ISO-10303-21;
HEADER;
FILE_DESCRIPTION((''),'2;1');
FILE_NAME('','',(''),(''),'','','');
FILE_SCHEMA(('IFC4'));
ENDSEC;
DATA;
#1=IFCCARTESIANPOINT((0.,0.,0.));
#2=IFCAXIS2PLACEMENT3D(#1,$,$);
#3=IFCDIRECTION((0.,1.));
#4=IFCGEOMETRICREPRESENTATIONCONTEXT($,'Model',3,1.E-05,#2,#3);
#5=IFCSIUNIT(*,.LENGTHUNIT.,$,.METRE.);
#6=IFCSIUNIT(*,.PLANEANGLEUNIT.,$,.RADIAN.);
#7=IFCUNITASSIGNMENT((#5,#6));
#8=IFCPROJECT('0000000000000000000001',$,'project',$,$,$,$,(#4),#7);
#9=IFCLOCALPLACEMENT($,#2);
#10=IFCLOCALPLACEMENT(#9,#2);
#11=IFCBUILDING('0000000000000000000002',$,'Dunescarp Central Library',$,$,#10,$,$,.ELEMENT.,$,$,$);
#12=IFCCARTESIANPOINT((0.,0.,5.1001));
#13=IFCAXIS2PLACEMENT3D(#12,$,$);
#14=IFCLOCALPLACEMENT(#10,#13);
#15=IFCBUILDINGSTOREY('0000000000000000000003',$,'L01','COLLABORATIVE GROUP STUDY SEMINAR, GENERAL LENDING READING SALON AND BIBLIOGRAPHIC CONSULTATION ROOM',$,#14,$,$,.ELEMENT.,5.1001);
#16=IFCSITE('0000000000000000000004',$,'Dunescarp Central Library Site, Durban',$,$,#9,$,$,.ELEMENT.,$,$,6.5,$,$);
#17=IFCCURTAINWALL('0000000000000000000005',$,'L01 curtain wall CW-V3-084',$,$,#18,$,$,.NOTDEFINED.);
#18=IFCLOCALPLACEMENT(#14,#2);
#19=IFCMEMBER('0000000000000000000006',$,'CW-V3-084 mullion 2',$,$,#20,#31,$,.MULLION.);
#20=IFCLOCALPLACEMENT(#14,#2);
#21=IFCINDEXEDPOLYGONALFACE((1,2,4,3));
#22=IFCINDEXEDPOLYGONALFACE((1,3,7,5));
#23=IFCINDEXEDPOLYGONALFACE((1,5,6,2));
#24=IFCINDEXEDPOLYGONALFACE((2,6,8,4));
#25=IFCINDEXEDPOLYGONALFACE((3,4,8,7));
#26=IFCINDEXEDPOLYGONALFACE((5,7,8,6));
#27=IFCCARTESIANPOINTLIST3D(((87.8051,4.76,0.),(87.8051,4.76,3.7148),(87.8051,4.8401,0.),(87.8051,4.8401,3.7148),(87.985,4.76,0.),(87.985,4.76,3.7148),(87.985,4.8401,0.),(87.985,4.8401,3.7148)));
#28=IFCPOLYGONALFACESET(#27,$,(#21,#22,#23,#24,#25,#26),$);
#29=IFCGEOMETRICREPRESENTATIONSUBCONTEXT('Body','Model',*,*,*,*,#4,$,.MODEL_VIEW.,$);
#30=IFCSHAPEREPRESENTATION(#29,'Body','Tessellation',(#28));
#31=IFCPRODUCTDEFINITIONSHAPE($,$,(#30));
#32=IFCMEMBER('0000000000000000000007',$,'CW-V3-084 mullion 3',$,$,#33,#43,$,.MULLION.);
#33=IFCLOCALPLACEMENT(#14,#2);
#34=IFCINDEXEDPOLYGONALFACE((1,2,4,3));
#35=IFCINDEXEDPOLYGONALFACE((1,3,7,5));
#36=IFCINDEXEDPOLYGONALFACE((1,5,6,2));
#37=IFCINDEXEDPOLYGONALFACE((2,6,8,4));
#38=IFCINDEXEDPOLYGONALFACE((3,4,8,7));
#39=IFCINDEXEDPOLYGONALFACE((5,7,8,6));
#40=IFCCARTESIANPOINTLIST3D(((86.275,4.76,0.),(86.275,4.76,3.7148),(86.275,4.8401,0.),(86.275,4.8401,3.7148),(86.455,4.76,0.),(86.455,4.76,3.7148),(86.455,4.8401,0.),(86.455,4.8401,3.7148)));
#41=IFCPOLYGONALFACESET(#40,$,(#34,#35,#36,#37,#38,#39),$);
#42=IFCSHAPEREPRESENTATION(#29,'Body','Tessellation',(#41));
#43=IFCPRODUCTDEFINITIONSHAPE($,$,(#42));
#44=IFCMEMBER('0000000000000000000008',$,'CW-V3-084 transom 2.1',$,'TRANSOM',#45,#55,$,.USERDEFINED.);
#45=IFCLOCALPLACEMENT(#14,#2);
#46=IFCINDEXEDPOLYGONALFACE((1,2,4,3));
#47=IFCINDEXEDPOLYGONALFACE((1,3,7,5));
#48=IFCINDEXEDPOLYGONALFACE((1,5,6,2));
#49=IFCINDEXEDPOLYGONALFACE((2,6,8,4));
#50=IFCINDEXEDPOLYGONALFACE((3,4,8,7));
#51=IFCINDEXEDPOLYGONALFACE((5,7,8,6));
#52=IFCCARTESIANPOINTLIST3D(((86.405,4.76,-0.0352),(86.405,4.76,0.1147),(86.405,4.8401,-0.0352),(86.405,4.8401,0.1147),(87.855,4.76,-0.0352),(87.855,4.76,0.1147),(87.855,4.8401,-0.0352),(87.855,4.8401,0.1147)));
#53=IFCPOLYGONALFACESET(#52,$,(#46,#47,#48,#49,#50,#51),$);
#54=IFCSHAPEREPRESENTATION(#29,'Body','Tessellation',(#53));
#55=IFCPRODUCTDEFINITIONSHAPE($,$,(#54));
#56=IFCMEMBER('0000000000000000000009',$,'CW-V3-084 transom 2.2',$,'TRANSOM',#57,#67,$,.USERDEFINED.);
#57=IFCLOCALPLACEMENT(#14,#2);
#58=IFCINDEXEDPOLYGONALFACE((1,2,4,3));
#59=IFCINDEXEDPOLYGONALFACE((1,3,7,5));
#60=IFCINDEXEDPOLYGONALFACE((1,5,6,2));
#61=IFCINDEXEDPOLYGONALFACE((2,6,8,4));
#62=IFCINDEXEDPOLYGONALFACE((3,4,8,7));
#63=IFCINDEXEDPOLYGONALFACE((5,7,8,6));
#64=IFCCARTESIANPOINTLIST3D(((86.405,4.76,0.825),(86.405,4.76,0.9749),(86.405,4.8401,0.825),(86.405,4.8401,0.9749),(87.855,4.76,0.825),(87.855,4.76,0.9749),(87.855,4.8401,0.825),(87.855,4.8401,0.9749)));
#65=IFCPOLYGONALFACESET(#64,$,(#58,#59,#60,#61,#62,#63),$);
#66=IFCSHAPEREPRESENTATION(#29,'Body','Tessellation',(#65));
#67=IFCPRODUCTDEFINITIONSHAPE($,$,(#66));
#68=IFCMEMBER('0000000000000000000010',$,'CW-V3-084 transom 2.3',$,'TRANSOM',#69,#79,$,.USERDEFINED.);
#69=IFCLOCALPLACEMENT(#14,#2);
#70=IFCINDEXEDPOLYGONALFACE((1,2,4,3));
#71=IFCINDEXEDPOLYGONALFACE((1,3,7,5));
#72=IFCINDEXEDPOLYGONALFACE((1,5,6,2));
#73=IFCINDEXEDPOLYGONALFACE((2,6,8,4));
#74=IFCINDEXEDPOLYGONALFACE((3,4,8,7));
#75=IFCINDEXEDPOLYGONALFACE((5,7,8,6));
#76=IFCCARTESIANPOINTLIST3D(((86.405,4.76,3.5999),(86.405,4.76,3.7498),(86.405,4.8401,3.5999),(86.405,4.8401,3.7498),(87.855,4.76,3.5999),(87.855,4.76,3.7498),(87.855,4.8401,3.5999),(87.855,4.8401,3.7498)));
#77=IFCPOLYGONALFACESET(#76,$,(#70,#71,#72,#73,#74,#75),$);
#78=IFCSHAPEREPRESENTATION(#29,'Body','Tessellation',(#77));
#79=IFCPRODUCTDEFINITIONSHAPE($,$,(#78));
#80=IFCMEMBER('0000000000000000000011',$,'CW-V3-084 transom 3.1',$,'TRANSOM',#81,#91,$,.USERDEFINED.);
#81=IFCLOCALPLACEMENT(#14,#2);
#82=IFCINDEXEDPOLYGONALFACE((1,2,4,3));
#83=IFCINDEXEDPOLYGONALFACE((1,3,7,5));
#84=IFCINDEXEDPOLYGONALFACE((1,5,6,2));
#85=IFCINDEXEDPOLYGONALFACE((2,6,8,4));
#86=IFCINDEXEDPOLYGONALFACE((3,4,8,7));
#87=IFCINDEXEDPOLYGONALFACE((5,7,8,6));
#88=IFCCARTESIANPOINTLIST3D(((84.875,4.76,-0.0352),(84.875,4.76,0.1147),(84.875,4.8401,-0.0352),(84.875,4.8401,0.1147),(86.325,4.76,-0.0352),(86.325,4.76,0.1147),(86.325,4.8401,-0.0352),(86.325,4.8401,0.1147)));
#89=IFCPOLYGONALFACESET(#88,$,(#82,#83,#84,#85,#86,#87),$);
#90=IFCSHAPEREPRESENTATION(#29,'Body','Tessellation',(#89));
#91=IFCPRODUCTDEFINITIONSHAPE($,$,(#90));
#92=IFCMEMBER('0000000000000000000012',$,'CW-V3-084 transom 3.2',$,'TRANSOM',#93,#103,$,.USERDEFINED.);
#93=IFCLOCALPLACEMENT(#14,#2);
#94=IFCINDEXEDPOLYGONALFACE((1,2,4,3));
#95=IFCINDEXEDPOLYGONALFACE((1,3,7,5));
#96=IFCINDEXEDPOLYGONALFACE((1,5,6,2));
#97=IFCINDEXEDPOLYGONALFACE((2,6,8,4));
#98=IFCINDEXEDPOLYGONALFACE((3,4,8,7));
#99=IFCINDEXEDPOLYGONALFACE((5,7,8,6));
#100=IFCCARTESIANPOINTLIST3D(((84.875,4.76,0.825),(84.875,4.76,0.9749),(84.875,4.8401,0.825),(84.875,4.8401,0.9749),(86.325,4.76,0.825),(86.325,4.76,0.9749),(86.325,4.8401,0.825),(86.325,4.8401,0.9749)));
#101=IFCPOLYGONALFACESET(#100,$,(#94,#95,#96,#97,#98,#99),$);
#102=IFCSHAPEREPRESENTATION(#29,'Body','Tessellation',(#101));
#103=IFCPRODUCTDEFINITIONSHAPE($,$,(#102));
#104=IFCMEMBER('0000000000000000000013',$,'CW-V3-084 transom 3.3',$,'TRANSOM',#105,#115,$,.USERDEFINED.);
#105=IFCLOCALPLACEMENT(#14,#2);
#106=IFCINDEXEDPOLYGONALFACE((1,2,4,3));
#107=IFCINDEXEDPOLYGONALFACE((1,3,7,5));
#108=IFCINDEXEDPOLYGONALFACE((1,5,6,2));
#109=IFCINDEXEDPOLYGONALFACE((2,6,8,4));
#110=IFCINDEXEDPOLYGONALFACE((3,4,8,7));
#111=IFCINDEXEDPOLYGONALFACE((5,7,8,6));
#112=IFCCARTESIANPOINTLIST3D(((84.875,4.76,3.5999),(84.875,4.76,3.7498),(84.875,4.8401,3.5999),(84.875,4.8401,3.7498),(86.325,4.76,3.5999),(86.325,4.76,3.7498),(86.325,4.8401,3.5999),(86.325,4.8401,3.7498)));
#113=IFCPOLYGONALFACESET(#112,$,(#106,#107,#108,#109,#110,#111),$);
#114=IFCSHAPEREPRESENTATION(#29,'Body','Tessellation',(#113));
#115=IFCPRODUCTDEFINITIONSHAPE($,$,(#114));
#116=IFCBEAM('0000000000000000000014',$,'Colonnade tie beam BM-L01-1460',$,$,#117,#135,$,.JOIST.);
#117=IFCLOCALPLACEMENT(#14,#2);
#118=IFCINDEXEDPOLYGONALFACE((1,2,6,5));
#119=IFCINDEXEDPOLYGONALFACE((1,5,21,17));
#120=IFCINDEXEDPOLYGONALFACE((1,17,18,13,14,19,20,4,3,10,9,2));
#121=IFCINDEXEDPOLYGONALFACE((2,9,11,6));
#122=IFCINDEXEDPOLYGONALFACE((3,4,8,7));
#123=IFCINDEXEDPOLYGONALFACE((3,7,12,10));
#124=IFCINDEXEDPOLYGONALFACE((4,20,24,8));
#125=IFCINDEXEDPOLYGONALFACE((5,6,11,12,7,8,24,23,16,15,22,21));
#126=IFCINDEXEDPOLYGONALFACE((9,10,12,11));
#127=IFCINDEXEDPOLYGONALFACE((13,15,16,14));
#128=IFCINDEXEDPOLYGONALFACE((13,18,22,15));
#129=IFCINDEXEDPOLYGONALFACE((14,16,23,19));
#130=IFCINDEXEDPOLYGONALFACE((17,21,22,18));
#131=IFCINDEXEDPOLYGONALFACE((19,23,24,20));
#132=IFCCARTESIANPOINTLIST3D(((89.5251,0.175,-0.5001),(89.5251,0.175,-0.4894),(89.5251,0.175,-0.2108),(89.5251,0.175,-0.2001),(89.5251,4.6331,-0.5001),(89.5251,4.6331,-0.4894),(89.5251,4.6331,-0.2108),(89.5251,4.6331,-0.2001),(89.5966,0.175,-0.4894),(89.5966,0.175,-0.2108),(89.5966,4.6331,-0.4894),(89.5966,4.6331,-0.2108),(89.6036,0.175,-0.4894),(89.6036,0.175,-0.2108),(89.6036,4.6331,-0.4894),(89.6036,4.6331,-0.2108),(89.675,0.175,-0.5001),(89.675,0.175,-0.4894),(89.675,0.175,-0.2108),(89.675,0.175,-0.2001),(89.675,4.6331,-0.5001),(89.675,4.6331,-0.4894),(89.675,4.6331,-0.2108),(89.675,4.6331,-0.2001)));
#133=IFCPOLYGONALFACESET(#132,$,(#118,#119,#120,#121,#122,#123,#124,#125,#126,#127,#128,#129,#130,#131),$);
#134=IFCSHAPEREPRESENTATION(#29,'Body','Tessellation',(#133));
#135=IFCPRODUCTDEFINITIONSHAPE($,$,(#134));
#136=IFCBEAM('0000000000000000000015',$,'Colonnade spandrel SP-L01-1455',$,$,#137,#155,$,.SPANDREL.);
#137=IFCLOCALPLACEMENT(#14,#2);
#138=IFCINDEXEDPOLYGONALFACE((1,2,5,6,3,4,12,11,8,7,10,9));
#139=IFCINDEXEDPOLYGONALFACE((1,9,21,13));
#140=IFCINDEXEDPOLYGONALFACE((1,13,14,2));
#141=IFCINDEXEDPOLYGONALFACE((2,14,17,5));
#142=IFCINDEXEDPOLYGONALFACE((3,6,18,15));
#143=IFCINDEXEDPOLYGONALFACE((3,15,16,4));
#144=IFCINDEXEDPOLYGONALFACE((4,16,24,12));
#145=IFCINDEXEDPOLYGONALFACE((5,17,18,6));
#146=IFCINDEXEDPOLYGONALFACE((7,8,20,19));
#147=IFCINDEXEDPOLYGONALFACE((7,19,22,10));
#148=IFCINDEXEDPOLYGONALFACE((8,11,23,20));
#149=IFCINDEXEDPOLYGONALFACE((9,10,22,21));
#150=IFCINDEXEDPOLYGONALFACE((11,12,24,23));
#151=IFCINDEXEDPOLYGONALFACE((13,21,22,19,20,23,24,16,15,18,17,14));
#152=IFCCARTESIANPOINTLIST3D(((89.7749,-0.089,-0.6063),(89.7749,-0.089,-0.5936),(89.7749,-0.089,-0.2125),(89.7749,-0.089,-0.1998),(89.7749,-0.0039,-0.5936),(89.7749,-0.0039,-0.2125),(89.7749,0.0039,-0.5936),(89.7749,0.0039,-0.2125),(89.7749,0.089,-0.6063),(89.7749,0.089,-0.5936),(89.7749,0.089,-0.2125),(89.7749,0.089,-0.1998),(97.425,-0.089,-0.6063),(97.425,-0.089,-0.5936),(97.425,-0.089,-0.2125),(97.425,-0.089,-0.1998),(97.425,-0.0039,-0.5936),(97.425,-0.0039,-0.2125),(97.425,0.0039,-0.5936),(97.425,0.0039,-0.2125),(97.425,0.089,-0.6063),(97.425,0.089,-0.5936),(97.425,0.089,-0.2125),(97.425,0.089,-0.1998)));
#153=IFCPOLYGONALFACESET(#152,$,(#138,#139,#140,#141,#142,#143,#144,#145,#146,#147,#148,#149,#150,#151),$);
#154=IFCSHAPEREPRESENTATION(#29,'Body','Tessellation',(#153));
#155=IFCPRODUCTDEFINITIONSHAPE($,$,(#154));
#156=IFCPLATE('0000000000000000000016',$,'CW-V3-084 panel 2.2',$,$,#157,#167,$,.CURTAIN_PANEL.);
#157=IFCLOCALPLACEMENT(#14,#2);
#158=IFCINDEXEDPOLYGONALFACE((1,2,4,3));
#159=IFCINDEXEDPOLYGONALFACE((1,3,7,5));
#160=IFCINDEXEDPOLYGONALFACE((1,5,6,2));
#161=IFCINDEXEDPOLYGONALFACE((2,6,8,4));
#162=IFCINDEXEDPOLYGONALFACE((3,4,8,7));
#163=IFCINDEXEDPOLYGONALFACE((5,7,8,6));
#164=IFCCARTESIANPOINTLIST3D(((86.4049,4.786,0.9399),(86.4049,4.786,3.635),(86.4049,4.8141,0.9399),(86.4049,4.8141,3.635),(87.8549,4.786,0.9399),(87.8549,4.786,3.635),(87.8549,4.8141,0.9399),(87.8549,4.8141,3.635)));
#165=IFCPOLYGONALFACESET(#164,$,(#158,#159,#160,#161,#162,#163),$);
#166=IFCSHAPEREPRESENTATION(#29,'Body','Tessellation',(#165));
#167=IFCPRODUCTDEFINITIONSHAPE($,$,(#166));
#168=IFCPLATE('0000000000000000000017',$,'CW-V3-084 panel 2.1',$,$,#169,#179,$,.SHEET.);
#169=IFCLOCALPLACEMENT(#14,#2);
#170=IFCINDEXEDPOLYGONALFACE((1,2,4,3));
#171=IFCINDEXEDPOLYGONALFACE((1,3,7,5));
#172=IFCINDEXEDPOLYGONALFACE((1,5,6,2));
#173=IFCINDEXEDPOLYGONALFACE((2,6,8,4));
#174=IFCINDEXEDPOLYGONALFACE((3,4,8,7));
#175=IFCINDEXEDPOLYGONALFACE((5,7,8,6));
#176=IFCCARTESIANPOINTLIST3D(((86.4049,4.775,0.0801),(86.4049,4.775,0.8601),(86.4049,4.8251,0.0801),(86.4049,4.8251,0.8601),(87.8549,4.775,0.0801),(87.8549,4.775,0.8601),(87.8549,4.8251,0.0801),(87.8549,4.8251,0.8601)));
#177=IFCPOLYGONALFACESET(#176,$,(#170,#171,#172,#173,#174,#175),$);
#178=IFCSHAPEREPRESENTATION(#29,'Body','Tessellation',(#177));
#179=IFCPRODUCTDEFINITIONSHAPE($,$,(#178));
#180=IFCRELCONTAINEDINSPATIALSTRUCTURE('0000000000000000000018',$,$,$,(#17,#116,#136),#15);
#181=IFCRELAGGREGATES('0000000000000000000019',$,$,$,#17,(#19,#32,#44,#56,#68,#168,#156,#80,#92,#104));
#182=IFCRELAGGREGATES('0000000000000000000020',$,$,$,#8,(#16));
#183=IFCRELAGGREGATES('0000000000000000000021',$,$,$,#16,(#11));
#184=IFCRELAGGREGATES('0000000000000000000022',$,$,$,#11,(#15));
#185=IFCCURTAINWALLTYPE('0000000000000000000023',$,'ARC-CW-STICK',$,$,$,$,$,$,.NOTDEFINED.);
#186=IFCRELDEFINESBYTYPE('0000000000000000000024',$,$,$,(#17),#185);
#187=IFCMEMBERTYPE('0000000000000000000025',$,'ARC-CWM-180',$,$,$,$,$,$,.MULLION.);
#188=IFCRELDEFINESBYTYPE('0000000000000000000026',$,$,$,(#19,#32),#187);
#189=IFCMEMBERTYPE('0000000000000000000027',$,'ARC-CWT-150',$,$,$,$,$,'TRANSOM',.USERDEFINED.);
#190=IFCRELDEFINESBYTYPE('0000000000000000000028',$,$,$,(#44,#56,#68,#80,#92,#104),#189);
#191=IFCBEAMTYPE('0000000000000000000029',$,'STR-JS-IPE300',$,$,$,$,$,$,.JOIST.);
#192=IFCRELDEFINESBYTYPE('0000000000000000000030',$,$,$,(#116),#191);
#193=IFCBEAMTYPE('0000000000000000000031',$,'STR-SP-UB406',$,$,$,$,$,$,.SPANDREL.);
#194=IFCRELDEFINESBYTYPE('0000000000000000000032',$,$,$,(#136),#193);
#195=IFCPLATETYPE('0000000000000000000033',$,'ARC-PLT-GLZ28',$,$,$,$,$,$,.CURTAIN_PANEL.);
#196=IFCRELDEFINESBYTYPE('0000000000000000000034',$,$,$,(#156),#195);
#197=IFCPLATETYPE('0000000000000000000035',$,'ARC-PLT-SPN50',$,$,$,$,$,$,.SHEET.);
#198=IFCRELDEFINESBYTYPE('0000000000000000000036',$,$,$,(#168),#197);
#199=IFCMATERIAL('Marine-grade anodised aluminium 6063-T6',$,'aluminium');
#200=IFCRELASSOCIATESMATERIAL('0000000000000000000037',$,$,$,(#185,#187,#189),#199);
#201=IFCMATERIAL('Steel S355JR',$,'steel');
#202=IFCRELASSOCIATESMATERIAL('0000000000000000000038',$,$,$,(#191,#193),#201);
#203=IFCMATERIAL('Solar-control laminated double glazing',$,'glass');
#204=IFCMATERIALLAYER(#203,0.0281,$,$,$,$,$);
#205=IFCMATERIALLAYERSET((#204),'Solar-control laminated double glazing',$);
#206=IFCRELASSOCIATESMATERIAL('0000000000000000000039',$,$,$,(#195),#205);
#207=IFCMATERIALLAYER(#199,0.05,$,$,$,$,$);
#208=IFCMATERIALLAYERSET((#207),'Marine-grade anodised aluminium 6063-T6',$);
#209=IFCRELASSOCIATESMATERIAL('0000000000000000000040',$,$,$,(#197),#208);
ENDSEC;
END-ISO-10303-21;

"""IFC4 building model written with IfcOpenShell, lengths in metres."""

from ifc_helpers import new_model, si_unit, direction, frame, origin, origin_2d, place, context, subcontext, project, spatial, rectangle, i_section, extrude, material, layer, layer_set, material_profile, profile_set, type_object, element, aggregate, save


model = new_model("IFC4")

# Units and contexts
model_context = context("Model", 3, precision=1e-05, world=origin(), true_north=direction((0.0, 1.0)))
body_context = subcontext(model_context, "Body", "Model", "MODEL_VIEW")
ifc_project = project(units=[si_unit("LENGTHUNIT", "METRE"), si_unit("PLANEANGLEUNIT", "RADIAN")], contexts=[model_context])

# Site, building, storey
site_placement = place(None, origin())
site = spatial("IfcSite", under=ifc_project, at=site_placement, Name="Dunescarp Central Library Site, Durban", CompositionType="ELEMENT", RefElevation=6.5)
building_placement = place(site_placement, origin())
building = spatial("IfcBuilding", under=site, at=building_placement, Name="Dunescarp Central Library", CompositionType="ELEMENT")
storey_placement = place(building_placement, frame((0.0, 0.0, 5.1001)))
storey = spatial("IfcBuildingStorey", under=building, at=storey_placement, Name="L01", Description="COLLABORATIVE GROUP STUDY SEMINAR, GENERAL LENDING READING SALON AND BIBLIOGRAPHIC CONSULTATION ROOM", CompositionType="ELEMENT", Elevation=5.1001)

# Curtain wall, members
ifc_material_1 = material(Name="Marine-grade anodised aluminium 6063-T6", Category="aluminium")
curtain_wall_type = type_object("IfcCurtainWallType", Name="ARC-CW-STICK", PredefinedType="NOTDEFINED", material=ifc_material_1)
curtain_wall_placement = place(storey_placement, origin())
curtain_wall = element("IfcCurtainWall", 1, at=curtain_wall_placement, inside=storey, type_object=curtain_wall_type, Name="L01 curtain wall CW-V3-084", PredefinedType="NOTDEFINED")
ifc_material_profile_1 = material_profile(ifc_material_1, rectangle(XDim=0.0801, YDim=0.1799, at=origin_2d()), Name="AL 80x180")
ifc_profile_set_1 = profile_set([ifc_material_profile_1], Name="Marine-grade anodised aluminium 6063-T6")
member_type_1 = type_object("IfcMemberType", Name="ARC-CWM-180", PredefinedType="MULLION", material=ifc_profile_set_1)
member_1_placement = place(storey_placement, frame((87.895, 4.8, 0.0), z_axis=(0.0, 0.0, 1.0), x_axis=(0.0, -1.0, 0.0)))
member_1 = element("IfcMember", 2, at=member_1_placement, type_object=member_type_1, Name="CW-V3-084 mullion 2", PredefinedType="MULLION", context=body_context, shape_type="SweptSolid", body=[
    extrude(rectangle(XDim=0.0801, YDim=0.1799, at=origin_2d()), origin(), (0.0, 0.0, 1.0), 3.7148),
])
member_2_placement = place(storey_placement, frame((86.365, 4.8, 0.0), z_axis=(0.0, 0.0, 1.0), x_axis=(0.0, -1.0, 0.0)))
member_2 = element("IfcMember", 3, at=member_2_placement, type_object=member_type_1, Name="CW-V3-084 mullion 3", PredefinedType="MULLION", context=body_context, shape_type="SweptSolid", body=[
    extrude(rectangle(XDim=0.0801, YDim=0.1799, at=origin_2d()), origin(), (0.0, 0.0, 1.0), 3.7148),
])
ifc_material_profile_2 = material_profile(ifc_material_1, rectangle(XDim=0.0801, YDim=0.1499, at=origin_2d()), Name="AL 80x150")
ifc_profile_set_2 = profile_set([ifc_material_profile_2], Name="Marine-grade anodised aluminium 6063-T6")
member_type_2 = type_object("IfcMemberType", Name="ARC-CWT-150", ElementType="TRANSOM", PredefinedType="USERDEFINED", material=ifc_profile_set_2)
member_3_placement = place(storey_placement, frame((87.855, 4.8, 0.0398), z_axis=(-1.0, 0.0, 0.0), x_axis=(0.0, -1.0, 0.0)))
member_3 = element("IfcMember", 4, at=member_3_placement, type_object=member_type_2, Name="CW-V3-084 transom 2.1", ObjectType="TRANSOM", PredefinedType="USERDEFINED", context=body_context, shape_type="SweptSolid", body=[
    extrude(rectangle(XDim=0.0801, YDim=0.1499, at=origin_2d()), origin(), (0.0, 0.0, 1.0), 1.45),
])
member_4_placement = place(storey_placement, frame((87.855, 4.8, 0.8999), z_axis=(-1.0, 0.0, 0.0), x_axis=(0.0, -1.0, 0.0)))
member_4 = element("IfcMember", 5, at=member_4_placement, type_object=member_type_2, Name="CW-V3-084 transom 2.2", ObjectType="TRANSOM", PredefinedType="USERDEFINED", context=body_context, shape_type="SweptSolid", body=[
    extrude(rectangle(XDim=0.0801, YDim=0.1499, at=origin_2d()), origin(), (0.0, 0.0, 1.0), 1.45),
])
member_5_placement = place(storey_placement, frame((87.855, 4.8, 3.6748), z_axis=(-1.0, 0.0, 0.0), x_axis=(0.0, -1.0, 0.0)))
member_5 = element("IfcMember", 6, at=member_5_placement, type_object=member_type_2, Name="CW-V3-084 transom 2.3", ObjectType="TRANSOM", PredefinedType="USERDEFINED", context=body_context, shape_type="SweptSolid", body=[
    extrude(rectangle(XDim=0.0801, YDim=0.1499, at=origin_2d()), origin(), (0.0, 0.0, 1.0), 1.45),
])
member_6_placement = place(storey_placement, frame((86.325, 4.8, 0.0398), z_axis=(-1.0, 0.0, 0.0), x_axis=(0.0, -1.0, 0.0)))
member_6 = element("IfcMember", 7, at=member_6_placement, type_object=member_type_2, Name="CW-V3-084 transom 3.1", ObjectType="TRANSOM", PredefinedType="USERDEFINED", context=body_context, shape_type="SweptSolid", body=[
    extrude(rectangle(XDim=0.0801, YDim=0.1499, at=origin_2d()), origin(), (0.0, 0.0, 1.0), 1.45),
])
member_7_placement = place(storey_placement, frame((86.325, 4.8, 0.8999), z_axis=(-1.0, 0.0, 0.0), x_axis=(0.0, -1.0, 0.0)))
member_7 = element("IfcMember", 8, at=member_7_placement, type_object=member_type_2, Name="CW-V3-084 transom 3.2", ObjectType="TRANSOM", PredefinedType="USERDEFINED", context=body_context, shape_type="SweptSolid", body=[
    extrude(rectangle(XDim=0.0801, YDim=0.1499, at=origin_2d()), origin(), (0.0, 0.0, 1.0), 1.45),
])
member_8_placement = place(storey_placement, frame((86.325, 4.8, 3.6748), z_axis=(-1.0, 0.0, 0.0), x_axis=(0.0, -1.0, 0.0)))
member_8 = element("IfcMember", 9, at=member_8_placement, type_object=member_type_2, Name="CW-V3-084 transom 3.3", ObjectType="TRANSOM", PredefinedType="USERDEFINED", context=body_context, shape_type="SweptSolid", body=[
    extrude(rectangle(XDim=0.0801, YDim=0.1499, at=origin_2d()), origin(), (0.0, 0.0, 1.0), 1.45),
])

# Beams
ifc_material_2 = material(Name="Steel S355JR", Category="steel")
ifc_material_profile_3 = material_profile(ifc_material_2, i_section(OverallWidth=0.1499, OverallDepth=0.3, WebThickness=0.0071, FlangeThickness=0.0107, at=origin_2d()), Name="IPE 300")
ifc_profile_set_3 = profile_set([ifc_material_profile_3], Name="Steel S355JR")
beam_type_1 = type_object("IfcBeamType", Name="STR-JS-IPE300", PredefinedType="JOIST", material=ifc_profile_set_3)
beam_1_placement = place(storey_placement, frame((89.6001, 0.175, -0.3501), z_axis=(0.0, 1.0, 0.0), x_axis=(-1.0, 0.0, 0.0)))
element("IfcBeam", 10, at=beam_1_placement, inside=storey, type_object=beam_type_1, Name="Colonnade tie beam BM-L01-1460", PredefinedType="JOIST", context=body_context, shape_type="SweptSolid", body=[
    extrude(i_section(OverallWidth=0.1499, OverallDepth=0.3, WebThickness=0.0071, FlangeThickness=0.0107, at=origin_2d()), origin(), (0.0, 0.0, 1.0), 4.458),
])
ifc_material_profile_4 = material_profile(ifc_material_2, i_section(OverallWidth=0.178, OverallDepth=0.4065, WebThickness=0.0078, FlangeThickness=0.0127, at=origin_2d()), Name="UB 406x178x60")
ifc_profile_set_4 = profile_set([ifc_material_profile_4], Name="Steel S355JR")
beam_type_2 = type_object("IfcBeamType", Name="STR-SP-UB406", PredefinedType="SPANDREL", material=ifc_profile_set_4)
beam_2_placement = place(storey_placement, frame((89.7749, 0.0, -0.4031), z_axis=(1.0, 0.0, 0.0), x_axis=(0.0, 1.0, 0.0)))
element("IfcBeam", 11, at=beam_2_placement, inside=storey, type_object=beam_type_2, Name="Colonnade spandrel SP-L01-1455", PredefinedType="SPANDREL", context=body_context, shape_type="SweptSolid", body=[
    extrude(i_section(OverallWidth=0.178, OverallDepth=0.4065, WebThickness=0.0078, FlangeThickness=0.0127, at=origin_2d()), origin(), (0.0, 0.0, 1.0), 7.6501),
])

# Plates
ifc_material_3 = material(Name="Solar-control laminated double glazing", Category="glass")
ifc_layer_1 = layer(ifc_material_3, 0.0281)
ifc_layer_set_1 = layer_set([ifc_layer_1], Name="Solar-control laminated double glazing")
plate_type_1 = type_object("IfcPlateType", Name="ARC-PLT-GLZ28", PredefinedType="CURTAIN_PANEL", material=ifc_layer_set_1)
plate_1_placement = place(storey_placement, frame((87.1299, 4.8, 0.9399), z_axis=(0.0, 0.0, 1.0), x_axis=(-1.0, 0.0, 0.0)))
plate_1 = element("IfcPlate", 12, at=plate_1_placement, type_object=plate_type_1, Name="CW-V3-084 panel 2.2", PredefinedType="CURTAIN_PANEL", context=body_context, shape_type="SweptSolid", body=[
    extrude(rectangle(XDim=1.45, YDim=0.0281, at=origin_2d()), origin(), (0.0, 0.0, 1.0), 2.6951),
])
ifc_layer_2 = layer(ifc_material_1, 0.05)
ifc_layer_set_2 = layer_set([ifc_layer_2], Name="Marine-grade anodised aluminium 6063-T6")
plate_type_2 = type_object("IfcPlateType", Name="ARC-PLT-SPN50", PredefinedType="SHEET", material=ifc_layer_set_2)
plate_2_placement = place(storey_placement, frame((87.1299, 4.8, 0.0801), z_axis=(0.0, 0.0, 1.0), x_axis=(-1.0, 0.0, 0.0)))
plate_2 = element("IfcPlate", 13, at=plate_2_placement, type_object=plate_type_2, Name="CW-V3-084 panel 2.1", PredefinedType="SHEET", context=body_context, shape_type="SweptSolid", body=[
    extrude(rectangle(XDim=1.45, YDim=0.05, at=origin_2d()), origin(), (0.0, 0.0, 1.0), 0.78),
])
aggregate(curtain_wall, [member_1, member_2, member_3, member_4, member_5, plate_2, plate_1, member_6, member_7, member_8])

save(model, "model.ifc")
